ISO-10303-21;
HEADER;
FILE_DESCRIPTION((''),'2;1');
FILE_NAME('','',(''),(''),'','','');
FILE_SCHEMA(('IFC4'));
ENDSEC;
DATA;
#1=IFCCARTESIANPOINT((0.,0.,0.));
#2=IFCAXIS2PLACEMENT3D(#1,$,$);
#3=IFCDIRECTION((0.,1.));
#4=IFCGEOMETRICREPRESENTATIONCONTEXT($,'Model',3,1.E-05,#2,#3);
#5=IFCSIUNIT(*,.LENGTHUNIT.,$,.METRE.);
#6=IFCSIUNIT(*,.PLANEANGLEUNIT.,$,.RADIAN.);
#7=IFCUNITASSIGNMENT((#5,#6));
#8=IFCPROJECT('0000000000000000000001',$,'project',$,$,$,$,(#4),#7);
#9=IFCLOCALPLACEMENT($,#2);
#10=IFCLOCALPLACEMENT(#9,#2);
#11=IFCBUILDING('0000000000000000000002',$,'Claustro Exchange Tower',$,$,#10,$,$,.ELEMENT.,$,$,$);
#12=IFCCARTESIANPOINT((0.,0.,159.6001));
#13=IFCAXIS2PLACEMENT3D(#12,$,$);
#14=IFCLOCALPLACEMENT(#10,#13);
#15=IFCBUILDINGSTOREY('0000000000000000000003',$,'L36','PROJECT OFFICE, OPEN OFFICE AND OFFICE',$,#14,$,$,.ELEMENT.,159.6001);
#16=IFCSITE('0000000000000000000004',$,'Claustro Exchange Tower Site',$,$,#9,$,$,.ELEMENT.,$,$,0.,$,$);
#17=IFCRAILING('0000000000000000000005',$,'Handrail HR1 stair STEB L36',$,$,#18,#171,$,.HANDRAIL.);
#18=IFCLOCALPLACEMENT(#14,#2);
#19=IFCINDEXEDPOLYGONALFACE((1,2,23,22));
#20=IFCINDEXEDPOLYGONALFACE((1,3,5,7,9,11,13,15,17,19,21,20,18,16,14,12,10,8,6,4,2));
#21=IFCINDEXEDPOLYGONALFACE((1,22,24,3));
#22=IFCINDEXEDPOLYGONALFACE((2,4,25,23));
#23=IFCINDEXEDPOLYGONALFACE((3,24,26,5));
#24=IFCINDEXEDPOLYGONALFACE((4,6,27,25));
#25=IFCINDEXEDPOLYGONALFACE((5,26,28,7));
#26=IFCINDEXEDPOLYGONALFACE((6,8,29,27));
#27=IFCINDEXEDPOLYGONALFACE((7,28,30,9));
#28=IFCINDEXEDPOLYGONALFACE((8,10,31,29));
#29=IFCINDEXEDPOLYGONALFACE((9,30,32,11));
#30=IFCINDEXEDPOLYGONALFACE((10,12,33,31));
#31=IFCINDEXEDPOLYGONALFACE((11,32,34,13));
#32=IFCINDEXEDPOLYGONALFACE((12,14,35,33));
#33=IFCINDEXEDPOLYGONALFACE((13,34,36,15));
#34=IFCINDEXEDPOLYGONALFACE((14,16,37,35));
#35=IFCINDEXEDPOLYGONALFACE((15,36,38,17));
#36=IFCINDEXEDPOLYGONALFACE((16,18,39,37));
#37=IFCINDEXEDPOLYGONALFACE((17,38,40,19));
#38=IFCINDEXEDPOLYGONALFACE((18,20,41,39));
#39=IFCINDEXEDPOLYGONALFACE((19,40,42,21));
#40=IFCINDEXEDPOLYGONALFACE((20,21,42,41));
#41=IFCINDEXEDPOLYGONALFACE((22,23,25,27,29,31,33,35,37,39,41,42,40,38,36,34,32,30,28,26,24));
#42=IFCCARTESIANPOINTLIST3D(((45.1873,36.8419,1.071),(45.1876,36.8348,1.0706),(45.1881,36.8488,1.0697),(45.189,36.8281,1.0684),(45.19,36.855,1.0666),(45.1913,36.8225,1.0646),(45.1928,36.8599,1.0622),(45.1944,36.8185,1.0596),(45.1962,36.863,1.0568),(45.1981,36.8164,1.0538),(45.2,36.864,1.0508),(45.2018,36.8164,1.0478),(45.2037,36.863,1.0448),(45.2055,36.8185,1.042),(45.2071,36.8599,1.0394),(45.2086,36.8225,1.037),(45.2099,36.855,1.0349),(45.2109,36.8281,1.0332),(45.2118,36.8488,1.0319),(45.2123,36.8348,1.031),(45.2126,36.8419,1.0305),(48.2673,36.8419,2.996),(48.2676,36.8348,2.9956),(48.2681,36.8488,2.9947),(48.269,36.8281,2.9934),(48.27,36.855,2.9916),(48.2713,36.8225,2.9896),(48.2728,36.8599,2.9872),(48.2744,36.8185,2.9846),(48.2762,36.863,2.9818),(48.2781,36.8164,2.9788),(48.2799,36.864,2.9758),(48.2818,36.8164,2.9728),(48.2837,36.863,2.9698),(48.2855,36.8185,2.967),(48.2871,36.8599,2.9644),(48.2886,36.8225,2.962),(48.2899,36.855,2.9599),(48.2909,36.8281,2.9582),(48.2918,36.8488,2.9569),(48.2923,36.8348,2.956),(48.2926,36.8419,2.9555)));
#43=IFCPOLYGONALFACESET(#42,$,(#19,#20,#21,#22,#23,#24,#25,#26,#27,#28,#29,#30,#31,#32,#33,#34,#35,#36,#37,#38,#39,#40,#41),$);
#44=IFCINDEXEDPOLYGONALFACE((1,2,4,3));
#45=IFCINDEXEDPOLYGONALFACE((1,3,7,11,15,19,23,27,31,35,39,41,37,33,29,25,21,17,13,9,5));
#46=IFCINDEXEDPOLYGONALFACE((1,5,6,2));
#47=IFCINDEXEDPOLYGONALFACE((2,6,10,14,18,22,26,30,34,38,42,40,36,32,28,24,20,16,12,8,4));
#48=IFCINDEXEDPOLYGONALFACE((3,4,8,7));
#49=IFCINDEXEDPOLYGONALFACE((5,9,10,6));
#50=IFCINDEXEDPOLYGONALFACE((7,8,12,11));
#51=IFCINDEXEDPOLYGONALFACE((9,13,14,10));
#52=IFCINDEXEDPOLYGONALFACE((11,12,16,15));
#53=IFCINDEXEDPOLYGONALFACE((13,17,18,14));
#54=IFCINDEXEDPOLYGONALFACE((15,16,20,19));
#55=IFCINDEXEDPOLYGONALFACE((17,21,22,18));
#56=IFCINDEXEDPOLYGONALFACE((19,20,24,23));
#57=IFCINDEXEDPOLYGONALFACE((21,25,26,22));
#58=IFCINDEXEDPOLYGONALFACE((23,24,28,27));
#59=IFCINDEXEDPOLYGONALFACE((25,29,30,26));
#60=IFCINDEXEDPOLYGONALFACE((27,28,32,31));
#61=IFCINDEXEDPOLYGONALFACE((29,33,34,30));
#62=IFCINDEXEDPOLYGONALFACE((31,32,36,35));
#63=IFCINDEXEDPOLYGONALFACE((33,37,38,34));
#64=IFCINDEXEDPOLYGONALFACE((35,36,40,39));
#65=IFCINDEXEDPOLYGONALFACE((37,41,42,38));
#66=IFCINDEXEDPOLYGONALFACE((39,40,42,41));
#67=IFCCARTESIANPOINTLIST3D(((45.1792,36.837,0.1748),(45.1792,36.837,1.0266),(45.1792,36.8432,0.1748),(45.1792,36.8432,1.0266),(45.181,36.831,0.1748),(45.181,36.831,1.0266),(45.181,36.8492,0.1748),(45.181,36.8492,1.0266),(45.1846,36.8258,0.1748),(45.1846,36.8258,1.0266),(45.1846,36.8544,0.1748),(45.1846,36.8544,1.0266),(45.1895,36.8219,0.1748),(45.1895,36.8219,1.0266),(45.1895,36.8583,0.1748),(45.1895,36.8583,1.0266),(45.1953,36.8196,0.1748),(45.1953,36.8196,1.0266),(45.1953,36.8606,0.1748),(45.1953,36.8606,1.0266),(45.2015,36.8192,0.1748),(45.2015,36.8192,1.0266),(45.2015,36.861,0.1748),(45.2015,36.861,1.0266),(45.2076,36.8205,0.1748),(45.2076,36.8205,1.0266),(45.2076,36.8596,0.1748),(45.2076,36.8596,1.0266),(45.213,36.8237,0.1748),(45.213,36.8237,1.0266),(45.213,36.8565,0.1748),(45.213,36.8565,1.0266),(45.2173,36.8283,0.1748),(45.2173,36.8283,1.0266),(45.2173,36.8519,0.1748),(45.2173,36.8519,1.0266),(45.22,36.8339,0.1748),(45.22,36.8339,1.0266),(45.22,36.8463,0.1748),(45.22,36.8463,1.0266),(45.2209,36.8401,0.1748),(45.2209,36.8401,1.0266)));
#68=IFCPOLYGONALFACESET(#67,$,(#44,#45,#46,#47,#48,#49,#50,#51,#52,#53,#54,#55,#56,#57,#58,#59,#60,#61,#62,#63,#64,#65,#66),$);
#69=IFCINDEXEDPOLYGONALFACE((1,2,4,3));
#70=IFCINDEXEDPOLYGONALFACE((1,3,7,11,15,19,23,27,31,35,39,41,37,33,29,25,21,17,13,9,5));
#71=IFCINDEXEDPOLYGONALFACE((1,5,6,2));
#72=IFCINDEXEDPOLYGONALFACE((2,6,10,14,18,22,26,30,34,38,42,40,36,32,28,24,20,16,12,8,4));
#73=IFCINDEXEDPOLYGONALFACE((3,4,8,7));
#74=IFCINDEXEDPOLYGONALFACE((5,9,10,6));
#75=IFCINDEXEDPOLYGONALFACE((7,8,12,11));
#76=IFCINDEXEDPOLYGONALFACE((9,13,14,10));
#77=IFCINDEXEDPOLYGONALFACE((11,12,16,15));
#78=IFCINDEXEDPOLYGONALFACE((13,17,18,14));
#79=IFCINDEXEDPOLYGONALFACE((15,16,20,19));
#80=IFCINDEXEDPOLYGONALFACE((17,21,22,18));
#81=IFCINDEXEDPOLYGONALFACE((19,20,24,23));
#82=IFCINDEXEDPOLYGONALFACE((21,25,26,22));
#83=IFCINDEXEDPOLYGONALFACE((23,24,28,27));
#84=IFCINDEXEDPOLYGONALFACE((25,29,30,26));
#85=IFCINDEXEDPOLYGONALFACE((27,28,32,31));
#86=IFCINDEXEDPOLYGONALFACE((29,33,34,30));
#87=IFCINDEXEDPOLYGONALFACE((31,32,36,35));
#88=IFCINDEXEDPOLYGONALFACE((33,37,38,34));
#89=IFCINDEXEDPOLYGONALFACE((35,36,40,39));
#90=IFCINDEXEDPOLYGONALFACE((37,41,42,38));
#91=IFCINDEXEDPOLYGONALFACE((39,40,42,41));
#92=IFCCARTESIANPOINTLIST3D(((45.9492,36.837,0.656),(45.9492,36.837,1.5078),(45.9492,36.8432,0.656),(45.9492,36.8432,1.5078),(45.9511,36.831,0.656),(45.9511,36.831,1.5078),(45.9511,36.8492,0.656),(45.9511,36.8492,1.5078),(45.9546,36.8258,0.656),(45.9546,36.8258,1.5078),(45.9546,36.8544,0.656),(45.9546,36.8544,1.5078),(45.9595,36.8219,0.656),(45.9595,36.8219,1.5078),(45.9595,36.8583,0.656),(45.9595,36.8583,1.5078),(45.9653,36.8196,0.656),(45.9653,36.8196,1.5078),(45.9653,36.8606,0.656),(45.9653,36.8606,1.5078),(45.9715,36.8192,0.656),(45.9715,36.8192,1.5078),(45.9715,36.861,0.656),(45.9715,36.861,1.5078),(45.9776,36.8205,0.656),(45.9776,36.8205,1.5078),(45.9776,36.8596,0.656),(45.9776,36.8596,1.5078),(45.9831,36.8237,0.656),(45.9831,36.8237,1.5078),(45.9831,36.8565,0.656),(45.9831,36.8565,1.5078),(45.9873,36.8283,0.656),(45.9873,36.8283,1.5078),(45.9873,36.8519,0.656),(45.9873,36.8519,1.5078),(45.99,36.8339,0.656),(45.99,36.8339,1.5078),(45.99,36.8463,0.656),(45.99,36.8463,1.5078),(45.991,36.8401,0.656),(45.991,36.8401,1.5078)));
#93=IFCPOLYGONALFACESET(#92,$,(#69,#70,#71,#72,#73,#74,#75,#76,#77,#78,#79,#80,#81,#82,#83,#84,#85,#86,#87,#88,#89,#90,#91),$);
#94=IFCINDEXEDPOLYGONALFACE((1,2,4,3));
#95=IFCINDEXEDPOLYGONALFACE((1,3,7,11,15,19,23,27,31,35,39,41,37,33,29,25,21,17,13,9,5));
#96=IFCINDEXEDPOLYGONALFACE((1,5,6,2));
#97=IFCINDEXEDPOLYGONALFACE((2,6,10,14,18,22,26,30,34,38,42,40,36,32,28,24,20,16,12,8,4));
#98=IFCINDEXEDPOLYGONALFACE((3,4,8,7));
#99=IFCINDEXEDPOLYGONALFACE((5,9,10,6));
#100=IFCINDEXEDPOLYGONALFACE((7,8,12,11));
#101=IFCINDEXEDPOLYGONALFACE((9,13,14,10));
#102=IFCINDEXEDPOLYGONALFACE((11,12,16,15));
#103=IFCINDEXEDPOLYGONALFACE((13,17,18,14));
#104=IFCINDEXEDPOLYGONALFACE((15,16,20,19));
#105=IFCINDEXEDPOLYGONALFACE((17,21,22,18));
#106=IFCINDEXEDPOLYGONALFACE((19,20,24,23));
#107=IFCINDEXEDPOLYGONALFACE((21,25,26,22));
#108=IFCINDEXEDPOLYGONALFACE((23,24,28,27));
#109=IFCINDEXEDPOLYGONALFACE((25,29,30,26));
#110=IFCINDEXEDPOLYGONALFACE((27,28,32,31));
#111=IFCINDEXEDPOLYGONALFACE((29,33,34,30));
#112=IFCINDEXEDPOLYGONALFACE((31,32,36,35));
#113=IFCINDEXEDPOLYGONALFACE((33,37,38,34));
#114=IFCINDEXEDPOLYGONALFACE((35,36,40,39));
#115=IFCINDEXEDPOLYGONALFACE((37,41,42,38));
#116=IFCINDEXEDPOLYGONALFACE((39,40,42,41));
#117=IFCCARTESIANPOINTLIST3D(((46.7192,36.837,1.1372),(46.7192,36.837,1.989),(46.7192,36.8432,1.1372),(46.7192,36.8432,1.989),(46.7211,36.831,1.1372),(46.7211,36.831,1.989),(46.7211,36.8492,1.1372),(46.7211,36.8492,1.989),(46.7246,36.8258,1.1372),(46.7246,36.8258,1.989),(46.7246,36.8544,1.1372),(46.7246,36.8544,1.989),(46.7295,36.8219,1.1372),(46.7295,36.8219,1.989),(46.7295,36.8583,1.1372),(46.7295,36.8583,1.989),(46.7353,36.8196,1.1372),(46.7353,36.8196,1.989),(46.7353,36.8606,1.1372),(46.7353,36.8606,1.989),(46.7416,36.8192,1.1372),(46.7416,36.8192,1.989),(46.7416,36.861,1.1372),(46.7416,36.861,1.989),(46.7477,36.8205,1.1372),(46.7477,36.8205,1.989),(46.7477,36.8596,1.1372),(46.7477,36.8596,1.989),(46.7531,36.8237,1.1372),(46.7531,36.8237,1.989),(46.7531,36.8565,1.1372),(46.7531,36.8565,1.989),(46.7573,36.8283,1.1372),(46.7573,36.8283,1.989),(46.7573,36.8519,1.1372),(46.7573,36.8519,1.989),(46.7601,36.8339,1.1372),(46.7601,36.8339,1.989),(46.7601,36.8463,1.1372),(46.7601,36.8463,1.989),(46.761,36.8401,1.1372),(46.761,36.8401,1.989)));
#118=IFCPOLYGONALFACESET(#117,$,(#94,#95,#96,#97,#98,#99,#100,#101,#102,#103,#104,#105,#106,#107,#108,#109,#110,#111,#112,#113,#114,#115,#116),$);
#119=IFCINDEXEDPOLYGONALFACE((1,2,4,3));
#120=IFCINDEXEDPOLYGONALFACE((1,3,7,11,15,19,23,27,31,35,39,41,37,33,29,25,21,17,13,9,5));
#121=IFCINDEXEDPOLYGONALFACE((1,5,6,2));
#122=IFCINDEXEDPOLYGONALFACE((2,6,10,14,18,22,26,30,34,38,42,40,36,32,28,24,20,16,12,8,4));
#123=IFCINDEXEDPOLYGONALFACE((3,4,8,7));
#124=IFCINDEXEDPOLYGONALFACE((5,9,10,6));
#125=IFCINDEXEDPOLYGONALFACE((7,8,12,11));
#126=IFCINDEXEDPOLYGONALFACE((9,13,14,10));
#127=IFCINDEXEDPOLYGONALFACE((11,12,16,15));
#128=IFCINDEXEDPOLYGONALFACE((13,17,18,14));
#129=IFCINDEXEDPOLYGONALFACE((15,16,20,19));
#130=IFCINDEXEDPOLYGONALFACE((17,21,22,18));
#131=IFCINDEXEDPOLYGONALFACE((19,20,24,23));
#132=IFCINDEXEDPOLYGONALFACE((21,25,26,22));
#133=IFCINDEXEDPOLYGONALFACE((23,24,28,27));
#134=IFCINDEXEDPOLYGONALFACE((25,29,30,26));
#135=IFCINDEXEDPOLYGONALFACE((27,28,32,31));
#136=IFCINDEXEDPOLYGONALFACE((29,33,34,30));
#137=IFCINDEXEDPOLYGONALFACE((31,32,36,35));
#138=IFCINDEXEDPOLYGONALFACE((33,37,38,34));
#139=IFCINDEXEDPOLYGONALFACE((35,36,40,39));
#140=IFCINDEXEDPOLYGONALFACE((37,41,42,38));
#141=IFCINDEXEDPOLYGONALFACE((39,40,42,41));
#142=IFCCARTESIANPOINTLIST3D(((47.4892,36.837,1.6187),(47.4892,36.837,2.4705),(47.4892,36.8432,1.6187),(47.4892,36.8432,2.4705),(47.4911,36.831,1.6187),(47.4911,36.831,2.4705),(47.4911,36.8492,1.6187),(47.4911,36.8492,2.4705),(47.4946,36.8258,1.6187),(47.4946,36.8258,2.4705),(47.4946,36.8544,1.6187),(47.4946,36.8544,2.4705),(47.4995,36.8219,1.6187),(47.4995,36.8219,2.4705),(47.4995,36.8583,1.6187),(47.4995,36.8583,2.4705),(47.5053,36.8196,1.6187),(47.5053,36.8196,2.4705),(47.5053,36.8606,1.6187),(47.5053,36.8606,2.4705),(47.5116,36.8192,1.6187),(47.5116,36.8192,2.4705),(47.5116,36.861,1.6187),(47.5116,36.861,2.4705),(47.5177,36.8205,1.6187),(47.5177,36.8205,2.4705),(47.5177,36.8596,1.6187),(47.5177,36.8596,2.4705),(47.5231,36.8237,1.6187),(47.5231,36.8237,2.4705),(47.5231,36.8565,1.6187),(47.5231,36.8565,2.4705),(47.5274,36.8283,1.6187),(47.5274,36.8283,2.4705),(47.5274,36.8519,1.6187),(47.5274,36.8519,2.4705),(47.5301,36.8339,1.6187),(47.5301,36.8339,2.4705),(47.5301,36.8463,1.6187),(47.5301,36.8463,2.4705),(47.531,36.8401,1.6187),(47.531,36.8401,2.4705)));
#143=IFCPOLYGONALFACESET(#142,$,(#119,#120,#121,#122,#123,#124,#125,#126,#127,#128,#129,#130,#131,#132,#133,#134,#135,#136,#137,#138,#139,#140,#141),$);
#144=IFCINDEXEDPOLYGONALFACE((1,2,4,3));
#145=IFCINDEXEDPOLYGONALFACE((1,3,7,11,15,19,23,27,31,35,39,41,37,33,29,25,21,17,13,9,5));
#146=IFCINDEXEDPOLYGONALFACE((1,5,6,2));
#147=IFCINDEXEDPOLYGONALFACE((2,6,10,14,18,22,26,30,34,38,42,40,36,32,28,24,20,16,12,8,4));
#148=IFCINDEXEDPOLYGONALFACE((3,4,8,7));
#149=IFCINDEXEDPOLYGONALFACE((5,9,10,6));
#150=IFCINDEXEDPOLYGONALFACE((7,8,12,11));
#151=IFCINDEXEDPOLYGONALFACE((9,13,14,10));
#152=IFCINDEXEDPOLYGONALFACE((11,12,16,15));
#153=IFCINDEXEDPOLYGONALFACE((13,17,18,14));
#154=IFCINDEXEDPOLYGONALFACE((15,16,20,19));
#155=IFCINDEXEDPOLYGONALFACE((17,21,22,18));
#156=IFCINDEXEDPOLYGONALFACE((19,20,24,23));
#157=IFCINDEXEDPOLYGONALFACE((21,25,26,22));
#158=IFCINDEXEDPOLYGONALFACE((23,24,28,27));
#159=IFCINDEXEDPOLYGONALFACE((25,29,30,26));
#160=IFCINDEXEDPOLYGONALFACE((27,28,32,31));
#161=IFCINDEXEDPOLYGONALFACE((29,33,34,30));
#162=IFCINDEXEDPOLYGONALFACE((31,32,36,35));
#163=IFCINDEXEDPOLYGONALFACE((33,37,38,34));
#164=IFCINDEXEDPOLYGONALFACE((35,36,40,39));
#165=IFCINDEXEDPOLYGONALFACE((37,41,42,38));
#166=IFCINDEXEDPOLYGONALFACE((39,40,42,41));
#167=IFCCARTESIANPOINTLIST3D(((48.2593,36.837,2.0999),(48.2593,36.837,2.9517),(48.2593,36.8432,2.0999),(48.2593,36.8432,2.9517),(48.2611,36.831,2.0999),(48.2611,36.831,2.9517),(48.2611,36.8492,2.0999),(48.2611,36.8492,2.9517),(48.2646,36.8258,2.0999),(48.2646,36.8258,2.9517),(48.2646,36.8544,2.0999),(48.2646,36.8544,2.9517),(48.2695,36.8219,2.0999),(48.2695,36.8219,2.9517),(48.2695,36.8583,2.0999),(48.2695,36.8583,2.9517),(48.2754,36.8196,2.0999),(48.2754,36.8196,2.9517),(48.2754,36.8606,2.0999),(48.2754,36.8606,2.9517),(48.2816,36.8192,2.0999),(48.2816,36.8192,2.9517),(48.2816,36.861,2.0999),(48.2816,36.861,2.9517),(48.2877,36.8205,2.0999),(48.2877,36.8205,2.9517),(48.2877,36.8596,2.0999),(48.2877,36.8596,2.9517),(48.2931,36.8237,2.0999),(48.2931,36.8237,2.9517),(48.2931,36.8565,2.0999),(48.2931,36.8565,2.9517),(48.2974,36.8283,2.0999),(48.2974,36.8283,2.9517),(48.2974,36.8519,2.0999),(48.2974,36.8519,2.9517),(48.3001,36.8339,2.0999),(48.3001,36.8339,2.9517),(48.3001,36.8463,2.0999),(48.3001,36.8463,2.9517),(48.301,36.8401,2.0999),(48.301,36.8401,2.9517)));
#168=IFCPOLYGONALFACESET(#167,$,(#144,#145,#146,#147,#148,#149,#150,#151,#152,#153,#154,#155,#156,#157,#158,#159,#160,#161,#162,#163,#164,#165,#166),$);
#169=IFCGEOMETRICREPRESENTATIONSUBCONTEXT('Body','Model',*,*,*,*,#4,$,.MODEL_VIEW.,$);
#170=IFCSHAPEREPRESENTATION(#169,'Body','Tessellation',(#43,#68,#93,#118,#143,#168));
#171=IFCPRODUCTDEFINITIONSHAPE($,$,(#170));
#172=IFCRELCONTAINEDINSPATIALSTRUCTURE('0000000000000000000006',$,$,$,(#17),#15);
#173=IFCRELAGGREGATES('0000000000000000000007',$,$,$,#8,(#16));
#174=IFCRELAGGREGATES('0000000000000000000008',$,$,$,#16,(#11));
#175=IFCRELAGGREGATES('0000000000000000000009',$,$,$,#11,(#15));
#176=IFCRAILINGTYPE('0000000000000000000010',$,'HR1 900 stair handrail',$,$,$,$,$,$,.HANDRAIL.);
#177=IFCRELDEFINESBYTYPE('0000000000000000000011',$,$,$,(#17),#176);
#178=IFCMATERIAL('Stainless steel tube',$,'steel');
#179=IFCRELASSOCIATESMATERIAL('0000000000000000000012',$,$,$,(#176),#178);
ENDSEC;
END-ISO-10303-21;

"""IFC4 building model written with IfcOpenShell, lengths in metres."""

from ifc_helpers import new_model, si_unit, direction, frame, origin, origin_2d, place, context, subcontext, project, spatial, circle, extrude, material, type_object, element, save


model = new_model("IFC4")

# Units and contexts
model_context = context("Model", 3, precision=1e-05, world=origin(), true_north=direction((0.0, 1.0)))
body_context = subcontext(model_context, "Body", "Model", "MODEL_VIEW")
ifc_project = project(units=[si_unit("LENGTHUNIT", "METRE"), si_unit("PLANEANGLEUNIT", "RADIAN")], contexts=[model_context])

# Site, building, storey
site_placement = place(None, origin())
site = spatial("IfcSite", under=ifc_project, at=site_placement, Name="Claustro Exchange Tower Site", CompositionType="ELEMENT", RefElevation=0.0)
building_placement = place(site_placement, origin())
building = spatial("IfcBuilding", under=site, at=building_placement, Name="Claustro Exchange Tower", CompositionType="ELEMENT")
storey_placement = place(building_placement, frame((0.0, 0.0, 159.6001)))
storey = spatial("IfcBuildingStorey", under=building, at=storey_placement, Name="L36", Description="PROJECT OFFICE, OPEN OFFICE AND OFFICE", CompositionType="ELEMENT", Elevation=159.6001)

# Railing
ifc_material_1 = material(Name="Stainless steel tube", Category="steel")
railing_type_1 = type_object("IfcRailingType", Name="HR1 900 stair handrail", PredefinedType="HANDRAIL", material=ifc_material_1)
railing_1_placement = place(storey_placement, frame((45.2, 36.8401, 0.1748)))
element("IfcRailing", 1, at=railing_1_placement, inside=storey, type_object=railing_type_1, Name="Handrail HR1 stair STEB L36", PredefinedType="HANDRAIL", context=body_context, shape_type="SweptSolid", body=[
    extrude(circle(Radius=0.0239, at=origin_2d()), frame((0.0, 0.0, 0.876), z_axis=(0.847998, 0.0, 0.529999), x_axis=(0.0, 1.0, 0.0)), (0.0, 0.0, 1.0), 3.6321),
    extrude(circle(Radius=0.021, at=origin_2d()), origin(), (0.0, 0.0, 1.0), 0.8518),
    extrude(circle(Radius=0.021, at=origin_2d()), frame((0.77, 0.0, 0.4812)), (0.0, 0.0, 1.0), 0.8518),
    extrude(circle(Radius=0.021, at=origin_2d()), frame((1.54, 0.0, 0.9624)), (0.0, 0.0, 1.0), 0.8518),
    extrude(circle(Radius=0.021, at=origin_2d()), frame((2.3101, 0.0, 1.4438)), (0.0, 0.0, 1.0), 0.8518),
    extrude(circle(Radius=0.021, at=origin_2d()), frame((3.0801, 0.0, 1.925)), (0.0, 0.0, 1.0), 0.8518),
])

save(model, "model.ifc")
